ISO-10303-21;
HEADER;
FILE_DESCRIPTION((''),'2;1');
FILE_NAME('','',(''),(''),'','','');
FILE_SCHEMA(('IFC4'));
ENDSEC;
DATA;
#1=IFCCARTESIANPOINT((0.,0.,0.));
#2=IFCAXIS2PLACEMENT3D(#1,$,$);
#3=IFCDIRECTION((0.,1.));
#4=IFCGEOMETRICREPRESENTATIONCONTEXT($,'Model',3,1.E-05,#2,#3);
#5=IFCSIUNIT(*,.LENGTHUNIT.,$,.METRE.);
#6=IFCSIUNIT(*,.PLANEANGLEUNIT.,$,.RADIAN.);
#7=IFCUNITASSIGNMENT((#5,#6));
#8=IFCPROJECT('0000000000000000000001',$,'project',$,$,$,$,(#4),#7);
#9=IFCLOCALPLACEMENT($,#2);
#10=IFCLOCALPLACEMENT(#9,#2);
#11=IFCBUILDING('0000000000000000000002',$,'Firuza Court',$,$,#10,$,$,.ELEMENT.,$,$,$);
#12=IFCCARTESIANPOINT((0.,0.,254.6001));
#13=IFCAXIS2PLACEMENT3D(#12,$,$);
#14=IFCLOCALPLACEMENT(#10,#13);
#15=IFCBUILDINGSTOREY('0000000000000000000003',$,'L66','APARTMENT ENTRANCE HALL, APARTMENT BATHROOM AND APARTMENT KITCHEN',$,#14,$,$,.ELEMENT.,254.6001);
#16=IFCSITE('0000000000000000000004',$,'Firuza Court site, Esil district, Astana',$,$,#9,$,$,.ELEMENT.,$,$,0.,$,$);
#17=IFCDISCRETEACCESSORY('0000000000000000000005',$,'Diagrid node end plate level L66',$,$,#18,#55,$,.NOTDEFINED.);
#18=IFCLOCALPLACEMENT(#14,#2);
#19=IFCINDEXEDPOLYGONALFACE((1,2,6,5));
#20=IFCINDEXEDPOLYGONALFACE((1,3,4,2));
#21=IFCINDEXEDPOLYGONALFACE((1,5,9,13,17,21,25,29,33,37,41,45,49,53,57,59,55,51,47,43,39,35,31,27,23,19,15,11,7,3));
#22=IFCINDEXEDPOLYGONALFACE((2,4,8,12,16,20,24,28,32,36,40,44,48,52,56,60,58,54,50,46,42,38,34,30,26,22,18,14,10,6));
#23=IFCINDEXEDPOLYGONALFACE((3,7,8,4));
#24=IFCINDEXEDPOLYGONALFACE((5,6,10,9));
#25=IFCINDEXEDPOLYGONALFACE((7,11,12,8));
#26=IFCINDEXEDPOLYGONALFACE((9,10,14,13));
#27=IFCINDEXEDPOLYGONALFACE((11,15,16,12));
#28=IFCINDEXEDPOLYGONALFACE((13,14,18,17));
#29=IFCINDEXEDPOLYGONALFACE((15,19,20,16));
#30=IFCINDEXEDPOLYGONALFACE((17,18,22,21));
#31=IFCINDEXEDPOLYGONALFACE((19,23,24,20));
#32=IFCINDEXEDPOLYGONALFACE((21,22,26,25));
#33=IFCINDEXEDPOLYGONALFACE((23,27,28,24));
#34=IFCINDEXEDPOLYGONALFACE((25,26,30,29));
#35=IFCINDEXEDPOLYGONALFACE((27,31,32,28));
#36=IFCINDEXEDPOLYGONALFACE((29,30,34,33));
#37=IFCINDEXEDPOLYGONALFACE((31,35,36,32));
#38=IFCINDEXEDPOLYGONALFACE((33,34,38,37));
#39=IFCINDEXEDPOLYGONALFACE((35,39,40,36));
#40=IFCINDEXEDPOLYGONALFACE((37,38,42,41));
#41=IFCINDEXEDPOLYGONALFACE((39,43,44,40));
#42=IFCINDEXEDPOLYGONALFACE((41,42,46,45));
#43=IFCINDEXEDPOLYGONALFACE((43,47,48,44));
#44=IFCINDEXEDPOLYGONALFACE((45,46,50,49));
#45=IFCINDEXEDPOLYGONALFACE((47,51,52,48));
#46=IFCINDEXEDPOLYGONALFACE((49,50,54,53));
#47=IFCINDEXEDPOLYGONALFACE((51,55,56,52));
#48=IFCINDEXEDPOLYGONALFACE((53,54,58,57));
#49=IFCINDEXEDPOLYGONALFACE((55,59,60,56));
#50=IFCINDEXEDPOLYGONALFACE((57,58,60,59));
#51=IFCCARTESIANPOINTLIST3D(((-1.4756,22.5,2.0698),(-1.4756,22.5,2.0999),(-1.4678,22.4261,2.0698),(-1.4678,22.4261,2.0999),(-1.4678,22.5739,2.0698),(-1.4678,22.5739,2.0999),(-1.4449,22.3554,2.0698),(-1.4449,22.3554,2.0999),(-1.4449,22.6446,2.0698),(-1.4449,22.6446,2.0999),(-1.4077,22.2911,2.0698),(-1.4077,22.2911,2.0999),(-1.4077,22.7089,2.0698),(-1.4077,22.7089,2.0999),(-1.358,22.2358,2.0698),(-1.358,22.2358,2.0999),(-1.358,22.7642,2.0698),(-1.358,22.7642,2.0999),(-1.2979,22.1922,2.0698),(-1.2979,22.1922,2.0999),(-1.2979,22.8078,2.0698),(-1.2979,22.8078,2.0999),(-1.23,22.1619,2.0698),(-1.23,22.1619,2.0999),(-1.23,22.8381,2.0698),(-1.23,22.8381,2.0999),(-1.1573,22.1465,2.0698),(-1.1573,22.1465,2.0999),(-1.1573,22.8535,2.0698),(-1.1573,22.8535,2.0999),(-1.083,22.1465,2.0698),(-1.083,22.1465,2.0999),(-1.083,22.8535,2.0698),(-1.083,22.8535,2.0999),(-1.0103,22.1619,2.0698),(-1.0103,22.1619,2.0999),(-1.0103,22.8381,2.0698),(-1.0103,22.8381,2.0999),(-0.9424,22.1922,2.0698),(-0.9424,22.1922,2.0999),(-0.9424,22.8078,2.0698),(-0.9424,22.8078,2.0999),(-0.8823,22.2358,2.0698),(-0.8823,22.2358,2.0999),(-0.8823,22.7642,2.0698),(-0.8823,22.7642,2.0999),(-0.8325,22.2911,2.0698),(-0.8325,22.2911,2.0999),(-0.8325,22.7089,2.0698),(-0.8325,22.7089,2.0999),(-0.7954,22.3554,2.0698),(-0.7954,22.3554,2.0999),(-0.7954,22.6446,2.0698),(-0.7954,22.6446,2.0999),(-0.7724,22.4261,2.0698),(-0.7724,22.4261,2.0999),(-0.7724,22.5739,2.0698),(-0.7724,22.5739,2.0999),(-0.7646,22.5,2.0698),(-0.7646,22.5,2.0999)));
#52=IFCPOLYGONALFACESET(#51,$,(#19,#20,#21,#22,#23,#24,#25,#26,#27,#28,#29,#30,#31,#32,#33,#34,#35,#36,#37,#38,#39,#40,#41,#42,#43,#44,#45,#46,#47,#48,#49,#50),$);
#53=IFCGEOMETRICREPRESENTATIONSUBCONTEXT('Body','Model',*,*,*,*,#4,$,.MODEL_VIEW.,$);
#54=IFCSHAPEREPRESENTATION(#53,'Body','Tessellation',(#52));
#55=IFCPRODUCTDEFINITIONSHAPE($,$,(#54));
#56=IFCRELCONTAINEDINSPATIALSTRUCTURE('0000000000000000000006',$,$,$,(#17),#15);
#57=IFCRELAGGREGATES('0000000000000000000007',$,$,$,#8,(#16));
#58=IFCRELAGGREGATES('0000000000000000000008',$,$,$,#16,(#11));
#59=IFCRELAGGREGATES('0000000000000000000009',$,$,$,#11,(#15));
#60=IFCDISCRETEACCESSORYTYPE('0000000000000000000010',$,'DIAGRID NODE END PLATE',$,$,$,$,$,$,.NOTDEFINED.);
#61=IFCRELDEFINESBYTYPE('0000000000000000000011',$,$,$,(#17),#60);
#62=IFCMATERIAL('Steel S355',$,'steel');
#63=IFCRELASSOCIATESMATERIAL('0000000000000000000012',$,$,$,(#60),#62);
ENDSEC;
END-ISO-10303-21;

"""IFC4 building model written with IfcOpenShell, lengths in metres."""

from ifc_helpers import new_model, si_unit, direction, frame, origin, origin_2d, place, context, subcontext, project, spatial, circle, extrude, material, material_profile, profile_set, type_object, element, save


model = new_model("IFC4")

# Units and contexts
model_context = context("Model", 3, precision=1e-05, world=origin(), true_north=direction((0.0, 1.0)))
body_context = subcontext(model_context, "Body", "Model", "MODEL_VIEW")
ifc_project = project(units=[si_unit("LENGTHUNIT", "METRE"), si_unit("PLANEANGLEUNIT", "RADIAN")], contexts=[model_context])

# Site, building, storey
site_placement = place(None, origin())
site = spatial("IfcSite", under=ifc_project, at=site_placement, Name="Firuza Court site, Esil district, Astana", CompositionType="ELEMENT", RefElevation=0.0)
building_placement = place(site_placement, origin())
building = spatial("IfcBuilding", under=site, at=building_placement, Name="Firuza Court", CompositionType="ELEMENT")
storey_placement = place(building_placement, frame((0.0, 0.0, 254.6001)))
storey = spatial("IfcBuildingStorey", under=building, at=storey_placement, Name="L66", Description="APARTMENT ENTRANCE HALL, APARTMENT BATHROOM AND APARTMENT KITCHEN", CompositionType="ELEMENT", Elevation=254.6001)

# Discrete accessory
ifc_material_1 = material(Name="Steel S355", Category="steel")
ifc_material_profile_1 = material_profile(ifc_material_1, circle(Radius=0.3555, at=origin_2d()), Name="PL D711")
ifc_profile_set_1 = profile_set([ifc_material_profile_1], Name="Steel S355")
discrete_accessory_type = type_object("IfcDiscreteAccessoryType", Name="DIAGRID NODE END PLATE", PredefinedType="NOTDEFINED", material=ifc_profile_set_1)
for number, where, z_axis, x_axis, name in (
    (1, (-1.1201, 22.5, 2.0698), (0.0, 0.0, 1.0), (1.0, 0.0, 0.0), "Diagrid node end plate level L66"),
):
    element("IfcDiscreteAccessory", number, at=place(storey_placement, frame(where, z_axis=z_axis, x_axis=x_axis)), inside=storey, type_object=discrete_accessory_type, Name=name, PredefinedType="NOTDEFINED", context=body_context, shape_type="SweptSolid", body=[
        extrude(circle(Radius=0.3555, at=origin_2d()), origin(), (0.0, 0.0, 1.0), 0.03),
    ])

save(model, "model.ifc")
